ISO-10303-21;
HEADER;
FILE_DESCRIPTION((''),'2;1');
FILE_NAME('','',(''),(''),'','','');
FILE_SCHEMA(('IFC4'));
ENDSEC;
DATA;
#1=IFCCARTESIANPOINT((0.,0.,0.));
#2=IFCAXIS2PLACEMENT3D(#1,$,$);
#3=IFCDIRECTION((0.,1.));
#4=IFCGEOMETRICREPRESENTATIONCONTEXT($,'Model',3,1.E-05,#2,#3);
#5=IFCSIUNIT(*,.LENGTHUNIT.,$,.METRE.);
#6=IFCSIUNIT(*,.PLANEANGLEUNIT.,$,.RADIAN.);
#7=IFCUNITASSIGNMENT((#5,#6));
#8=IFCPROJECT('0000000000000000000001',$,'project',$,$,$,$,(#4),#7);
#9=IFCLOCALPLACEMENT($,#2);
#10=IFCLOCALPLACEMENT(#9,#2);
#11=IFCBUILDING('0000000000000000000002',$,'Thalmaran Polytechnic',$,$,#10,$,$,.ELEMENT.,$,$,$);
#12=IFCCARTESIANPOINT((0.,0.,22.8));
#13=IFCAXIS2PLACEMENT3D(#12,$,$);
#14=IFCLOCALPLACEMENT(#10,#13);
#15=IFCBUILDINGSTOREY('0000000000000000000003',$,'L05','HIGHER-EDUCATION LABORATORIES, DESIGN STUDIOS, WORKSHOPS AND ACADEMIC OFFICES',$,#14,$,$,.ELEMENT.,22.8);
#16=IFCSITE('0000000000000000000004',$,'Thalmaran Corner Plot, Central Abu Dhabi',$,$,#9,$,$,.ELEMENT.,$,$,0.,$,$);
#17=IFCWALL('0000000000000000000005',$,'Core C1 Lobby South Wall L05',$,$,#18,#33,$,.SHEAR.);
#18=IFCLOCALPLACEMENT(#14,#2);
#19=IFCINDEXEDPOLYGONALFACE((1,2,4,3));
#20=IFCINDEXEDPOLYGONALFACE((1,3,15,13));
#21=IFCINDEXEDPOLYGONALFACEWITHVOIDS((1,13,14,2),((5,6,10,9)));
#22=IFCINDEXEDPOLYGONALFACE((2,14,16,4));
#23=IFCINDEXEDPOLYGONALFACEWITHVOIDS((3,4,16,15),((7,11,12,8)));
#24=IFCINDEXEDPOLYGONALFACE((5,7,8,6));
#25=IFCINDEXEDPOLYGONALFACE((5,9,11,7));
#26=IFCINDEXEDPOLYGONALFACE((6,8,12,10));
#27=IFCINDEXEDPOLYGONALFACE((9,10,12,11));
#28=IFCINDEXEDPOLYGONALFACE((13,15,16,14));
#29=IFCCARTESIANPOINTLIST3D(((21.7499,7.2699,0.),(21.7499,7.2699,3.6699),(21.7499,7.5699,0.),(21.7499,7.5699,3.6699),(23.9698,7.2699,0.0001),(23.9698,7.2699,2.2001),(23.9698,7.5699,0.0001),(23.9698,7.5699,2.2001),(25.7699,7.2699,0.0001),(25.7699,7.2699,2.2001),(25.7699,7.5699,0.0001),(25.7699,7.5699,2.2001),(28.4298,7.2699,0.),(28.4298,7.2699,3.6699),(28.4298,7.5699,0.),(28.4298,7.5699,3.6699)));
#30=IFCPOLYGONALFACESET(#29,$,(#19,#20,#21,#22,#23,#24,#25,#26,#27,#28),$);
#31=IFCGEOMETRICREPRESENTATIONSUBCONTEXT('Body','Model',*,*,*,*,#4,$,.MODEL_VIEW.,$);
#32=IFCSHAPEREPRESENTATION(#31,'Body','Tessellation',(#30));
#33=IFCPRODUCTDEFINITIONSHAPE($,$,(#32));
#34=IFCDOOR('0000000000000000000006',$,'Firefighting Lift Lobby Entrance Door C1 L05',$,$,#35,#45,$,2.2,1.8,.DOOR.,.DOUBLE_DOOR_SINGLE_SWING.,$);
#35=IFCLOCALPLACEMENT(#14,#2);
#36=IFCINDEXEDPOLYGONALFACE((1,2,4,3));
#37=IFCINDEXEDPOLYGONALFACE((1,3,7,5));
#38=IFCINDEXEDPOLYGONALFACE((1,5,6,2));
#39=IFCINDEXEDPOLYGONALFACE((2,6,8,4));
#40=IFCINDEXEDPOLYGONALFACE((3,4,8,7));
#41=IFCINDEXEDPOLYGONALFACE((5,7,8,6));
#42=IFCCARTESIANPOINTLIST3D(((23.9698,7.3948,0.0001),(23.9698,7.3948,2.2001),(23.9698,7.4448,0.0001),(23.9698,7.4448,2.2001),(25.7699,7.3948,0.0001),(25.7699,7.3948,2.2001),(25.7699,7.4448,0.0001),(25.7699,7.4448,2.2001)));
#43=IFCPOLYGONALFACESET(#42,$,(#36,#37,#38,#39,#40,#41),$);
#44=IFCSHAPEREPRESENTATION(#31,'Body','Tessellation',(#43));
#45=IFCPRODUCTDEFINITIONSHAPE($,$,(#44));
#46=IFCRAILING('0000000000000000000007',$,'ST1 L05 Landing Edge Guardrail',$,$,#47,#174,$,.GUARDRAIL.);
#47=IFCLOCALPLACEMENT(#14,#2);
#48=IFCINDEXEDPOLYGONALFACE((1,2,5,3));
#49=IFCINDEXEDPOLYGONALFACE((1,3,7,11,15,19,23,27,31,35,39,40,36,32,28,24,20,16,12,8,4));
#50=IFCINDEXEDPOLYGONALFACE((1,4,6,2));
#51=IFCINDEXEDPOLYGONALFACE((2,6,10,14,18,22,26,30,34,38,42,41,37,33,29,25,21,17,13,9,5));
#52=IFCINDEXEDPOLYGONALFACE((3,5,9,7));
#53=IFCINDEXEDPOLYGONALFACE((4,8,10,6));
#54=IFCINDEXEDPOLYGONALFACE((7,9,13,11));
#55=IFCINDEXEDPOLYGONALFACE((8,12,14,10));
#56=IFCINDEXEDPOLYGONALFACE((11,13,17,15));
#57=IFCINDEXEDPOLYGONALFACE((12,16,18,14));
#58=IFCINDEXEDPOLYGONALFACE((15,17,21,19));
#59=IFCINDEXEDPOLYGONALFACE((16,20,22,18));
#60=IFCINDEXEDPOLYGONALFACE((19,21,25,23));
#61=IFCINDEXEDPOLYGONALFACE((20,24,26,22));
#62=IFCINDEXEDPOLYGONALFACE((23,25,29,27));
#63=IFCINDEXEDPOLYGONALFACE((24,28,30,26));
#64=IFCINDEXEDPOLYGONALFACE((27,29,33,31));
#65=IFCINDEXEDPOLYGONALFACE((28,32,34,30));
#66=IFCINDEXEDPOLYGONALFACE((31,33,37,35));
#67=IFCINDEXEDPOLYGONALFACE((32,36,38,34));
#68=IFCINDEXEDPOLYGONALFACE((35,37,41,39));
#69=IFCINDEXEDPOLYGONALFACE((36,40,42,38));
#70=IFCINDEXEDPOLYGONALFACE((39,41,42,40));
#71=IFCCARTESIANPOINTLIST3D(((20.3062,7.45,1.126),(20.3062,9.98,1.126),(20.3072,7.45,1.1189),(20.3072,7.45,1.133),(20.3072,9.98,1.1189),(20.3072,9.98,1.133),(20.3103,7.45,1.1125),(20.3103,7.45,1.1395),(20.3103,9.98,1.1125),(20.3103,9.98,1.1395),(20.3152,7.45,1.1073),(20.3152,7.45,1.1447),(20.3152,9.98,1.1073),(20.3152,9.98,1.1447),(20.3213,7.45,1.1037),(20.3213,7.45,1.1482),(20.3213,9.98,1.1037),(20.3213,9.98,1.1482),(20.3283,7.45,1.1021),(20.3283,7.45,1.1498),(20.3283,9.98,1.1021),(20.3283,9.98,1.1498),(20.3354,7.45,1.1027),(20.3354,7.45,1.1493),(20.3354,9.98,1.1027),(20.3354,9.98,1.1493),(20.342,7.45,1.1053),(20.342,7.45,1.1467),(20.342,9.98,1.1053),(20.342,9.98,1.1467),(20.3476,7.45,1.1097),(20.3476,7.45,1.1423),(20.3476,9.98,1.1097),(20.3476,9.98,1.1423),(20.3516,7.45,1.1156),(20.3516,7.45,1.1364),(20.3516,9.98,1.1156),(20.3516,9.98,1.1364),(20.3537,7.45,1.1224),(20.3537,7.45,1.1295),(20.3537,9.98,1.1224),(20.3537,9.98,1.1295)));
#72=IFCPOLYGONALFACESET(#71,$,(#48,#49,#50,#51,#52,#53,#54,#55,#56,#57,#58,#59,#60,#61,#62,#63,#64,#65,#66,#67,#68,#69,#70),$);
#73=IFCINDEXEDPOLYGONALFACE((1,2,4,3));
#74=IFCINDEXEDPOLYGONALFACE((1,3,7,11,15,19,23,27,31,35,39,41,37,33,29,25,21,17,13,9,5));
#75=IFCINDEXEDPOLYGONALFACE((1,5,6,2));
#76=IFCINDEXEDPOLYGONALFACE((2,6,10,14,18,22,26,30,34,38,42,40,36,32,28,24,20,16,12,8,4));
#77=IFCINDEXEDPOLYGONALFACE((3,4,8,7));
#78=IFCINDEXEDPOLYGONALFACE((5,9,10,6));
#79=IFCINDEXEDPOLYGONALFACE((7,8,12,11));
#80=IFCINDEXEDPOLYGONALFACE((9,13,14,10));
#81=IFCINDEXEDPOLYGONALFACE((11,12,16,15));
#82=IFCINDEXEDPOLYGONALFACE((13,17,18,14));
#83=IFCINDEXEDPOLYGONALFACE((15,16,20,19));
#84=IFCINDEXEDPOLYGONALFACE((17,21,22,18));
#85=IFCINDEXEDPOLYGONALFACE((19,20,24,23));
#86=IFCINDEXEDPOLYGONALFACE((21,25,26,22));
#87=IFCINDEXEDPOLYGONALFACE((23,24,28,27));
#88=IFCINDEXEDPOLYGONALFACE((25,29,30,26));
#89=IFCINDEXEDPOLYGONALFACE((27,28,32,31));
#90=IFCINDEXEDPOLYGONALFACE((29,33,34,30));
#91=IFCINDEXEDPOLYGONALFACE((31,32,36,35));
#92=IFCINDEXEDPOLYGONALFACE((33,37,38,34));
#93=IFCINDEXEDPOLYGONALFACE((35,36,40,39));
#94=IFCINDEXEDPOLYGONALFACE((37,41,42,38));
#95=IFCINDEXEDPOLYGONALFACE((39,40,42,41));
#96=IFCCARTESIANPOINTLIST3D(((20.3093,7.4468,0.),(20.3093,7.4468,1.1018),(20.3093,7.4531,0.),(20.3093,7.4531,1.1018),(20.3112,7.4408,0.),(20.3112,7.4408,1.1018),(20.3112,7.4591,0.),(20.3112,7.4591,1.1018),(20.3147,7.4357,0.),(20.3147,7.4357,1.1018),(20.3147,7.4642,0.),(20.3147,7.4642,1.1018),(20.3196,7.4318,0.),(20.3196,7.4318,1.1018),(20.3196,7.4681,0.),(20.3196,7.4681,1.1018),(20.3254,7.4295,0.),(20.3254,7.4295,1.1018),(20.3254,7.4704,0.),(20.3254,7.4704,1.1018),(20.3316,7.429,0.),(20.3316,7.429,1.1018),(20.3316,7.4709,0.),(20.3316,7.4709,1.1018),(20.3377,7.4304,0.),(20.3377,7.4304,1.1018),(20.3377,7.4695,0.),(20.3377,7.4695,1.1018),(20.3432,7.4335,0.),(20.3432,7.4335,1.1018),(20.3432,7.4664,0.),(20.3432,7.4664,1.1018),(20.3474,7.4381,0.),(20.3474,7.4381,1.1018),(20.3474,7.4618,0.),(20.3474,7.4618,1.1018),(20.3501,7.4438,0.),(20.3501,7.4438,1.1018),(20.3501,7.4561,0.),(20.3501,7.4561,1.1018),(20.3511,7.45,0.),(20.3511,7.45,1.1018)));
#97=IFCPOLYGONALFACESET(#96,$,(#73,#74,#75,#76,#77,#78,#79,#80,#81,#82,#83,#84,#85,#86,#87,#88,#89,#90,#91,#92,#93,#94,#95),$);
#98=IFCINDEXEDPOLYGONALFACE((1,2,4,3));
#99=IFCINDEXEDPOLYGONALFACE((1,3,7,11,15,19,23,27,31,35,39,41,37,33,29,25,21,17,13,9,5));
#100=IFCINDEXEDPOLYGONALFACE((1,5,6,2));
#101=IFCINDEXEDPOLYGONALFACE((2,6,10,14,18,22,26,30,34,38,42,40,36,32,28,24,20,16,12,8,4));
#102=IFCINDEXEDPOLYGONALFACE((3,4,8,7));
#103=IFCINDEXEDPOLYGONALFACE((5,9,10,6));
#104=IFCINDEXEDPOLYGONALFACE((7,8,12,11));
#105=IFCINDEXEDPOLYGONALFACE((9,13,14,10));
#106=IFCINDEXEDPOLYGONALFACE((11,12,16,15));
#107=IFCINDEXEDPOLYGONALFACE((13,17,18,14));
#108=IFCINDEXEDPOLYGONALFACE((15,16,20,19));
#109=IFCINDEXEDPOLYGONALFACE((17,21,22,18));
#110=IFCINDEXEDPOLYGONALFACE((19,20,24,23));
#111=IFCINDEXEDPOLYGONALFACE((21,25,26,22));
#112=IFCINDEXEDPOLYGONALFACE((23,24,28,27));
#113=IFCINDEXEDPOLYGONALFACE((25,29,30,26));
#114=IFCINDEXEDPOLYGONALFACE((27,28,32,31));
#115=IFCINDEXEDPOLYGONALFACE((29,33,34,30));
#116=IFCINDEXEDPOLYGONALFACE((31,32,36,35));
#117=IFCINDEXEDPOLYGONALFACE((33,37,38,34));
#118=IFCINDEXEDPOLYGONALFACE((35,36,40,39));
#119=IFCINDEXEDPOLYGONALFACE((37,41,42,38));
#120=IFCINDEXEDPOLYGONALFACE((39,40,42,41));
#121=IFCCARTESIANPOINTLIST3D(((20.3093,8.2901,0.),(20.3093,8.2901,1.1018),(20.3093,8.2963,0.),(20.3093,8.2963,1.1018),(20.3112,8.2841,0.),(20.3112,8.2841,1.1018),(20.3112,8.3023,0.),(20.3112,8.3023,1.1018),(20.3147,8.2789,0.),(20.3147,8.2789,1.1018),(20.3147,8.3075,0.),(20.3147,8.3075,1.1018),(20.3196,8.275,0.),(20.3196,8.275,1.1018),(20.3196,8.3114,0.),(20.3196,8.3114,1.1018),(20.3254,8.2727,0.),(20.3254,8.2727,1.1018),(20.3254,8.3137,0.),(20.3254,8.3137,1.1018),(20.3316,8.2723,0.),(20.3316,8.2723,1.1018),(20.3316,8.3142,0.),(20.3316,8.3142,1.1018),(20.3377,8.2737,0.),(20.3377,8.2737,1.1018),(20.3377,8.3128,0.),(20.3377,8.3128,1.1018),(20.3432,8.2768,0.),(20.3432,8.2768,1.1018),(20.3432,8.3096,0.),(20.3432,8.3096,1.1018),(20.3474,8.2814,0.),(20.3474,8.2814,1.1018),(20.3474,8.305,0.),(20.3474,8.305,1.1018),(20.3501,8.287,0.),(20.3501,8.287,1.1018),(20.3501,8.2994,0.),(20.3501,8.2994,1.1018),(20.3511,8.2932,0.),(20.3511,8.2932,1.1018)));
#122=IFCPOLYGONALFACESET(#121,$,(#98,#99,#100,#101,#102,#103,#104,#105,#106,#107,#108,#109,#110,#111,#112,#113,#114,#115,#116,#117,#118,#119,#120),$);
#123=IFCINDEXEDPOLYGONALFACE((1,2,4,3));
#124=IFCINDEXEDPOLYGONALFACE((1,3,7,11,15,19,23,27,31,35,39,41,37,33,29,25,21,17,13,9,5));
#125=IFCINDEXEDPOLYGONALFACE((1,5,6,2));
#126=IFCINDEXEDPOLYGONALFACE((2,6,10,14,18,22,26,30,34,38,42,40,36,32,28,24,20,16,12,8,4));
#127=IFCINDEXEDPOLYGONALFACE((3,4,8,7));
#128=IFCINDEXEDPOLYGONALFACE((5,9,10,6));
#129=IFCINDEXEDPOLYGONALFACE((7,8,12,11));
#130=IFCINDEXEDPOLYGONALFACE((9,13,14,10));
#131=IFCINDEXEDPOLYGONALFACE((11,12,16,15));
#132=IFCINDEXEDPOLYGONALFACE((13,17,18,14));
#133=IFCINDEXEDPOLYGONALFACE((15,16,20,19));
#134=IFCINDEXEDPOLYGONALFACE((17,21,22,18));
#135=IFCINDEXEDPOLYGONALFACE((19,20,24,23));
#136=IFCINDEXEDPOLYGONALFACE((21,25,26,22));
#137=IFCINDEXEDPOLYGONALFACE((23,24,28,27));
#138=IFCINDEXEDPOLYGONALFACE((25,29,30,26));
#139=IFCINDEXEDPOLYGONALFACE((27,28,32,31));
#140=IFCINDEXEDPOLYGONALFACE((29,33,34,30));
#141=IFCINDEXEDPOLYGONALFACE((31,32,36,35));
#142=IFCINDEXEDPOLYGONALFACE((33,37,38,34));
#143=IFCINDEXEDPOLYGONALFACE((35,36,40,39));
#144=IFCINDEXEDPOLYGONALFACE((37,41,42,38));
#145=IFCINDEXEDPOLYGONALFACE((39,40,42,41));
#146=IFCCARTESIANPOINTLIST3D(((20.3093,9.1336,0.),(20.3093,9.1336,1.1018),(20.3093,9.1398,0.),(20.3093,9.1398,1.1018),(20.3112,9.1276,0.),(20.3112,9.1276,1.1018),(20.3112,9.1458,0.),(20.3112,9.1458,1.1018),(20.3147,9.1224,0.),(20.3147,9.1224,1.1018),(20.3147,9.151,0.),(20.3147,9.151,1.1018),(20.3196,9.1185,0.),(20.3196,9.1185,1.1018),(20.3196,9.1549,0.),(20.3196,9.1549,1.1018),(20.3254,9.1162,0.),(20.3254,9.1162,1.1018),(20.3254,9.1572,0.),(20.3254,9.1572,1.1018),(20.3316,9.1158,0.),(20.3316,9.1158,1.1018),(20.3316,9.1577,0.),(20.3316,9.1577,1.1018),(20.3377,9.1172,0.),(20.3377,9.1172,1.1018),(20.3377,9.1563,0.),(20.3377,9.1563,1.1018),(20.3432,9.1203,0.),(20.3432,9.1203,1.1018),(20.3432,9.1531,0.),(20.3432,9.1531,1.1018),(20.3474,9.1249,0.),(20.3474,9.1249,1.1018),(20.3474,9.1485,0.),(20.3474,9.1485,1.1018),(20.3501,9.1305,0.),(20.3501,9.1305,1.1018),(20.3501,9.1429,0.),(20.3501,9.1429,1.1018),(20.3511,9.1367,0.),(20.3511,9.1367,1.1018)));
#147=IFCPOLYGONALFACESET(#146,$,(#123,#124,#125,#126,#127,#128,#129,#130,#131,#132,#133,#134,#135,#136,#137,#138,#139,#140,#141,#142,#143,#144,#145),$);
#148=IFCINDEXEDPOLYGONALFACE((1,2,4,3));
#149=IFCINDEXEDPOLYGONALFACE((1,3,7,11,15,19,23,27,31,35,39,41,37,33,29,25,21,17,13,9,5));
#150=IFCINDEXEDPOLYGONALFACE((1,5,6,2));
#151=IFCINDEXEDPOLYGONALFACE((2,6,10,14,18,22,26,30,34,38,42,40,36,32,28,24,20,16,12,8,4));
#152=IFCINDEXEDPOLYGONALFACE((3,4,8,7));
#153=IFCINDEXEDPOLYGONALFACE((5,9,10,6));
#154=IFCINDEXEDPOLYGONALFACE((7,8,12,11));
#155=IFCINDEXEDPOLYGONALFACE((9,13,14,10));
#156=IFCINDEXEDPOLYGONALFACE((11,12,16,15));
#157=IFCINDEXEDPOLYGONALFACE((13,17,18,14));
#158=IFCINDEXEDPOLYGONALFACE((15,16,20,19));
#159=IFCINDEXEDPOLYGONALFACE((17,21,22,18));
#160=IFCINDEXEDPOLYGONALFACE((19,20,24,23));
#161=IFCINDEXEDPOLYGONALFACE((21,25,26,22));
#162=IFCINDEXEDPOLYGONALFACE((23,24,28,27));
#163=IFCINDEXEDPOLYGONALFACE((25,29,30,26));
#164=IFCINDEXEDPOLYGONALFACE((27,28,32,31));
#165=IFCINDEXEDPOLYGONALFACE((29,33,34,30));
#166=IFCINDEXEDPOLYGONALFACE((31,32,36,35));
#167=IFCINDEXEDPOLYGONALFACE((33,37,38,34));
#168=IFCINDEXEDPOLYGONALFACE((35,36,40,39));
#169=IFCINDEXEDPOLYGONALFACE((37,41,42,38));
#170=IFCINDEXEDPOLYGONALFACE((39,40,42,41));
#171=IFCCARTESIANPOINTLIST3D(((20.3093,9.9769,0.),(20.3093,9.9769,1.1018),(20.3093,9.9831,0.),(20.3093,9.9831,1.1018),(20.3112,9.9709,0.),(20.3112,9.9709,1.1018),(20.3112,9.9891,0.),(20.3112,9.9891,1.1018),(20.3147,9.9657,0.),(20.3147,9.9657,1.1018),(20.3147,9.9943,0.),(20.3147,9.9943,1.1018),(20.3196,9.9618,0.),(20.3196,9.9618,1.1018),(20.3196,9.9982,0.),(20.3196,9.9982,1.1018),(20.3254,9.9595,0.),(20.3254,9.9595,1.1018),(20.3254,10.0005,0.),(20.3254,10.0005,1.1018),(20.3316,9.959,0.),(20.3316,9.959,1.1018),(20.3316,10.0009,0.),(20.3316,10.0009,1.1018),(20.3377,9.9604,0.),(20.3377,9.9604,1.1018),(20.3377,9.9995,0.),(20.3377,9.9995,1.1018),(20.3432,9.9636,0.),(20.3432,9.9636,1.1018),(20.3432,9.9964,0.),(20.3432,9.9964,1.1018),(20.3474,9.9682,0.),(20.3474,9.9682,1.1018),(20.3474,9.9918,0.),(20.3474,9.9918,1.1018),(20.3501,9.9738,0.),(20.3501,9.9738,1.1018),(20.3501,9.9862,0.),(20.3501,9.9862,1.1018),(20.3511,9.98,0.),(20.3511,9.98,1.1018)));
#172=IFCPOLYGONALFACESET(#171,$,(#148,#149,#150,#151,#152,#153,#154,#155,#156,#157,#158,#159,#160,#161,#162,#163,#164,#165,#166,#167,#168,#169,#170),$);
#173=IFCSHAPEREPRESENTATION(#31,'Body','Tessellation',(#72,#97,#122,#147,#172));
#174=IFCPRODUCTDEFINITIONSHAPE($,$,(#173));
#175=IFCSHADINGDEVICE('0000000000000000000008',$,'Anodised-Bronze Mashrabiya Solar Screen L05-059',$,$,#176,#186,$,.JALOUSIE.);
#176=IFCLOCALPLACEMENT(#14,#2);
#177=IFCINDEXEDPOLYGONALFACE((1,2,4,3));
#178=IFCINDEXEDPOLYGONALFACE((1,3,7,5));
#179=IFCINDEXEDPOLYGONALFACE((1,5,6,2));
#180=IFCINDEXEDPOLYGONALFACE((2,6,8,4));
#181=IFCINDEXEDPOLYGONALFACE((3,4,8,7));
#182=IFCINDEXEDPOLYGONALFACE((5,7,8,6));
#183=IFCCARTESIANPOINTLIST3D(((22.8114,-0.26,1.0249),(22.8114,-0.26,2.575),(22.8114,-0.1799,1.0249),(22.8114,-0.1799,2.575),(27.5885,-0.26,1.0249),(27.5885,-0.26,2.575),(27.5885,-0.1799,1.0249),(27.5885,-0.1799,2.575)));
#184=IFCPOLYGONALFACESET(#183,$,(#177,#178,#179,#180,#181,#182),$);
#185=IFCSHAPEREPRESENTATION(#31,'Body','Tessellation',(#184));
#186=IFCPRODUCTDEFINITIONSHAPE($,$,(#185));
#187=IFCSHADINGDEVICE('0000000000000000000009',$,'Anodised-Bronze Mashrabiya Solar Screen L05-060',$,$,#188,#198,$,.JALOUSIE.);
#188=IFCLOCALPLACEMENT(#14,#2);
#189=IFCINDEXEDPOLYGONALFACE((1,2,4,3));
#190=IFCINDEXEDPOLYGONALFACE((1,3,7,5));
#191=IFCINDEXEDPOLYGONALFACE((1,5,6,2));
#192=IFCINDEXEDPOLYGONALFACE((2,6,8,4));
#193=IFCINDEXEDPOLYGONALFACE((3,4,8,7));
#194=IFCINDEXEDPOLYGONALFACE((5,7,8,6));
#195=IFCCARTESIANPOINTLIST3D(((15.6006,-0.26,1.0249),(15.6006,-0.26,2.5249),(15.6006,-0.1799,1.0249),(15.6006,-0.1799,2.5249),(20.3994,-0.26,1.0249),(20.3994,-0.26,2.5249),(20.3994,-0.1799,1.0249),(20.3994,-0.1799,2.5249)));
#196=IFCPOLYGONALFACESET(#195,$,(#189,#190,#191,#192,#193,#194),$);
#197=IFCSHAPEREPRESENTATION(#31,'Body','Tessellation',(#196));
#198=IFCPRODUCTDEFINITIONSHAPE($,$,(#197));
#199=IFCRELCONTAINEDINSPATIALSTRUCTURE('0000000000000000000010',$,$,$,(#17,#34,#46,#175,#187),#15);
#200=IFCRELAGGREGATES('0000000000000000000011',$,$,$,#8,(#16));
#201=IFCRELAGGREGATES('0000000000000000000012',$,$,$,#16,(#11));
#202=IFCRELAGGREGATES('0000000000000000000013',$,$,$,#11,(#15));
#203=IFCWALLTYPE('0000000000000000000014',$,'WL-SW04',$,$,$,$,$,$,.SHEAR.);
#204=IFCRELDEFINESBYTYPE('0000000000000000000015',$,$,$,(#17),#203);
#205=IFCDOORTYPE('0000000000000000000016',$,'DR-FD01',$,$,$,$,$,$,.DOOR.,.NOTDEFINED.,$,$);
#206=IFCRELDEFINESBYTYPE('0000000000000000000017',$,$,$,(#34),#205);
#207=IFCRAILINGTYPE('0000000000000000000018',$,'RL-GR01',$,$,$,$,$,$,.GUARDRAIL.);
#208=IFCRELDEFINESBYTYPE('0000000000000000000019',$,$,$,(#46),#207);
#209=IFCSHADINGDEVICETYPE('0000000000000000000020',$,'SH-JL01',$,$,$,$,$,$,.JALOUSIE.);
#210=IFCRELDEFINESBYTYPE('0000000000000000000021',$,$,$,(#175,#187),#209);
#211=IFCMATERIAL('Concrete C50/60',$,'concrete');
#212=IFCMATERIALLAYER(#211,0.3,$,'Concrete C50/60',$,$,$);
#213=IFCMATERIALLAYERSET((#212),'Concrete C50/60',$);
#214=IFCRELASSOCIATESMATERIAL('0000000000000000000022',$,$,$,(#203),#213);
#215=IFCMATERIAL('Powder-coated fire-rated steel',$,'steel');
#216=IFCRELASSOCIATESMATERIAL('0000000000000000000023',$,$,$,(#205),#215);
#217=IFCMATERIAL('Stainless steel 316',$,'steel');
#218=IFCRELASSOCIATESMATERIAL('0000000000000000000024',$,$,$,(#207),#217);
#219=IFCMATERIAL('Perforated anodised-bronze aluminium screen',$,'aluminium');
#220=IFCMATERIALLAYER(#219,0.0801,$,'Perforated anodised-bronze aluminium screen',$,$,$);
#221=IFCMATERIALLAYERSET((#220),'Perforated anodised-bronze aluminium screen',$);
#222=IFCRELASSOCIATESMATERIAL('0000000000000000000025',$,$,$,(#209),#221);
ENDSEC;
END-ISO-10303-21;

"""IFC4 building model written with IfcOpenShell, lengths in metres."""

from ifc_helpers import new_model, si_unit, direction, frame, frame_2d, origin, origin_2d, place, context, subcontext, project, spatial, rectangle, circle, extrude, material, layer, layer_set, type_object, element, fill, save


model = new_model("IFC4")

# Units and contexts
model_context = context("Model", 3, precision=1e-05, world=origin(), true_north=direction((0.0, 1.0)))
body_context = subcontext(model_context, "Body", "Model", "MODEL_VIEW")
ifc_project = project(units=[si_unit("LENGTHUNIT", "METRE"), si_unit("PLANEANGLEUNIT", "RADIAN")], contexts=[model_context])

# Site, building, storey
site_placement = place(None, origin())
site = spatial("IfcSite", under=ifc_project, at=site_placement, Name="Thalmaran Corner Plot, Central Abu Dhabi", CompositionType="ELEMENT", RefElevation=0.0)
building_placement = place(site_placement, origin())
building = spatial("IfcBuilding", under=site, at=building_placement, Name="Thalmaran Polytechnic", CompositionType="ELEMENT")
storey_placement = place(building_placement, frame((0.0, 0.0, 22.8)))
storey = spatial("IfcBuildingStorey", under=building, at=storey_placement, Name="L05", Description="HIGHER-EDUCATION LABORATORIES, DESIGN STUDIOS, WORKSHOPS AND ACADEMIC OFFICES", CompositionType="ELEMENT", Elevation=22.8)

# Wall, opening, door
ifc_material_1 = material(Name="Concrete C50/60", Category="concrete")
ifc_layer_1 = layer(ifc_material_1, 0.3, Name="Concrete C50/60")
ifc_layer_set_1 = layer_set([ifc_layer_1], Name="Concrete C50/60")
wall_type_1 = type_object("IfcWallType", Name="WL-SW04", PredefinedType="SHEAR", material=ifc_layer_set_1)
ifc_material_2 = material(Name="Powder-coated fire-rated steel", Category="steel")
wall_1_placement = place(storey_placement, frame((21.75, 7.4199, 0.0), z_axis=(0.0, 0.0, 1.0), x_axis=(1.0, 0.0, 0.0)))
wall_1 = element("IfcWall", 1, at=wall_1_placement, inside=storey, type_object=wall_type_1, Name="Core C1 Lobby South Wall L05", PredefinedType="SHEAR", context=body_context, shape_type="SweptSolid", body=[
    extrude(rectangle(XDim=6.6799, YDim=0.3, at=frame_2d((3.3398, 0.0))), origin(), (0.0, 0.0, 1.0), 3.6699),
])
opening_1_placement = place(wall_1_placement, frame((2.22, 0.0, 0.0)))
opening_1 = element("IfcOpeningElement", 2, at=opening_1_placement, cuts=wall_1, PredefinedType="OPENING", context=body_context, shape_type="SweptSolid", body=[
    extrude(rectangle(XDim=1.8, YDim=2.2, at=frame_2d((0.8999, 1.1001))), frame((0.0, 0.1599, 0.0), z_axis=(0.0, -1.0, 0.0), x_axis=(1.0, 0.0, 0.0)), (0.0, 0.0, 1.0), 0.3201),
])
door_type_1 = type_object("IfcDoorType", Name="DR-FD01", OperationType="NOTDEFINED", PredefinedType="DOOR", material=ifc_material_2)
door_1_placement = place(opening_1_placement, origin())
door_1 = element("IfcDoor", 3, at=door_1_placement, inside=storey, type_object=door_type_1, Name="Firefighting Lift Lobby Entrance Door C1 L05", OperationType="DOUBLE_DOOR_SINGLE_SWING", OverallHeight=2.2, OverallWidth=1.8, PredefinedType="DOOR", context=body_context, shape_type="SweptSolid", body=[
    extrude(rectangle(XDim=1.8, YDim=2.2, at=frame_2d((0.8999, 1.1001))), frame((0.0, 0.0249, 0.0), z_axis=(0.0, -1.0, 0.0), x_axis=(1.0, 0.0, 0.0)), (0.0, 0.0, 1.0), 0.05),
])
fill(opening_1, door_1)

# Railing
ifc_material_3 = material(Name="Stainless steel 316", Category="steel")
railing_type = type_object("IfcRailingType", Name="RL-GR01", PredefinedType="GUARDRAIL", material=ifc_material_3)
railing_placement = place(storey_placement, frame((20.3301, 7.45, 0.0)))
element("IfcRailing", 4, at=railing_placement, inside=storey, type_object=railing_type, Name="ST1 L05 Landing Edge Guardrail", PredefinedType="GUARDRAIL", context=body_context, shape_type="SweptSolid", body=[
    extrude(circle(Radius=0.0239, at=origin_2d()), frame((0.0, 0.0, 1.126), z_axis=(0.0, 1.0, 0.0), x_axis=(-1.0, 0.0, 0.0)), (0.0, 0.0, 1.0), 2.53),
    extrude(circle(Radius=0.021, at=origin_2d()), origin(), (0.0, 0.0, 1.0), 1.1018),
    extrude(circle(Radius=0.021, at=origin_2d()), frame((0.0, 0.8433, 0.0)), (0.0, 0.0, 1.0), 1.1018),
    extrude(circle(Radius=0.021, at=origin_2d()), frame((0.0, 1.6868, 0.0)), (0.0, 0.0, 1.0), 1.1018),
    extrude(circle(Radius=0.021, at=origin_2d()), frame((0.0, 2.53, 0.0)), (0.0, 0.0, 1.0), 1.1018),
])

# Shading devices
ifc_material_4 = material(Name="Perforated anodised-bronze aluminium screen", Category="aluminium")
ifc_layer_2 = layer(ifc_material_4, 0.0801, Name="Perforated anodised-bronze aluminium screen")
ifc_layer_set_2 = layer_set([ifc_layer_2], Name="Perforated anodised-bronze aluminium screen")
shading_device_type = type_object("IfcShadingDeviceType", Name="SH-JL01", PredefinedType="JALOUSIE", material=ifc_layer_set_2)
shading_device_1_placement = place(storey_placement, frame((25.2, -0.22, 1.0249), z_axis=(0.0, 0.0, 1.0), x_axis=(-1.0, 0.0, 0.0)))
element("IfcShadingDevice", 5, at=shading_device_1_placement, inside=storey, type_object=shading_device_type, Name="Anodised-Bronze Mashrabiya Solar Screen L05-059", PredefinedType="JALOUSIE", context=body_context, shape_type="SweptSolid", body=[
    extrude(rectangle(XDim=4.7771, YDim=0.0801, at=origin_2d()), origin(), (0.0, 0.0, 1.0), 1.55),
])
shading_device_2_placement = place(storey_placement, frame((18.0, -0.22, 1.0249), z_axis=(0.0, 0.0, 1.0), x_axis=(-1.0, 0.0, 0.0)))
element("IfcShadingDevice", 6, at=shading_device_2_placement, inside=storey, type_object=shading_device_type, Name="Anodised-Bronze Mashrabiya Solar Screen L05-060", PredefinedType="JALOUSIE", context=body_context, shape_type="SweptSolid", body=[
    extrude(rectangle(XDim=4.7988, YDim=0.0801, at=origin_2d()), origin(), (0.0, 0.0, 1.0), 1.5),
])

save(model, "model.ifc")
